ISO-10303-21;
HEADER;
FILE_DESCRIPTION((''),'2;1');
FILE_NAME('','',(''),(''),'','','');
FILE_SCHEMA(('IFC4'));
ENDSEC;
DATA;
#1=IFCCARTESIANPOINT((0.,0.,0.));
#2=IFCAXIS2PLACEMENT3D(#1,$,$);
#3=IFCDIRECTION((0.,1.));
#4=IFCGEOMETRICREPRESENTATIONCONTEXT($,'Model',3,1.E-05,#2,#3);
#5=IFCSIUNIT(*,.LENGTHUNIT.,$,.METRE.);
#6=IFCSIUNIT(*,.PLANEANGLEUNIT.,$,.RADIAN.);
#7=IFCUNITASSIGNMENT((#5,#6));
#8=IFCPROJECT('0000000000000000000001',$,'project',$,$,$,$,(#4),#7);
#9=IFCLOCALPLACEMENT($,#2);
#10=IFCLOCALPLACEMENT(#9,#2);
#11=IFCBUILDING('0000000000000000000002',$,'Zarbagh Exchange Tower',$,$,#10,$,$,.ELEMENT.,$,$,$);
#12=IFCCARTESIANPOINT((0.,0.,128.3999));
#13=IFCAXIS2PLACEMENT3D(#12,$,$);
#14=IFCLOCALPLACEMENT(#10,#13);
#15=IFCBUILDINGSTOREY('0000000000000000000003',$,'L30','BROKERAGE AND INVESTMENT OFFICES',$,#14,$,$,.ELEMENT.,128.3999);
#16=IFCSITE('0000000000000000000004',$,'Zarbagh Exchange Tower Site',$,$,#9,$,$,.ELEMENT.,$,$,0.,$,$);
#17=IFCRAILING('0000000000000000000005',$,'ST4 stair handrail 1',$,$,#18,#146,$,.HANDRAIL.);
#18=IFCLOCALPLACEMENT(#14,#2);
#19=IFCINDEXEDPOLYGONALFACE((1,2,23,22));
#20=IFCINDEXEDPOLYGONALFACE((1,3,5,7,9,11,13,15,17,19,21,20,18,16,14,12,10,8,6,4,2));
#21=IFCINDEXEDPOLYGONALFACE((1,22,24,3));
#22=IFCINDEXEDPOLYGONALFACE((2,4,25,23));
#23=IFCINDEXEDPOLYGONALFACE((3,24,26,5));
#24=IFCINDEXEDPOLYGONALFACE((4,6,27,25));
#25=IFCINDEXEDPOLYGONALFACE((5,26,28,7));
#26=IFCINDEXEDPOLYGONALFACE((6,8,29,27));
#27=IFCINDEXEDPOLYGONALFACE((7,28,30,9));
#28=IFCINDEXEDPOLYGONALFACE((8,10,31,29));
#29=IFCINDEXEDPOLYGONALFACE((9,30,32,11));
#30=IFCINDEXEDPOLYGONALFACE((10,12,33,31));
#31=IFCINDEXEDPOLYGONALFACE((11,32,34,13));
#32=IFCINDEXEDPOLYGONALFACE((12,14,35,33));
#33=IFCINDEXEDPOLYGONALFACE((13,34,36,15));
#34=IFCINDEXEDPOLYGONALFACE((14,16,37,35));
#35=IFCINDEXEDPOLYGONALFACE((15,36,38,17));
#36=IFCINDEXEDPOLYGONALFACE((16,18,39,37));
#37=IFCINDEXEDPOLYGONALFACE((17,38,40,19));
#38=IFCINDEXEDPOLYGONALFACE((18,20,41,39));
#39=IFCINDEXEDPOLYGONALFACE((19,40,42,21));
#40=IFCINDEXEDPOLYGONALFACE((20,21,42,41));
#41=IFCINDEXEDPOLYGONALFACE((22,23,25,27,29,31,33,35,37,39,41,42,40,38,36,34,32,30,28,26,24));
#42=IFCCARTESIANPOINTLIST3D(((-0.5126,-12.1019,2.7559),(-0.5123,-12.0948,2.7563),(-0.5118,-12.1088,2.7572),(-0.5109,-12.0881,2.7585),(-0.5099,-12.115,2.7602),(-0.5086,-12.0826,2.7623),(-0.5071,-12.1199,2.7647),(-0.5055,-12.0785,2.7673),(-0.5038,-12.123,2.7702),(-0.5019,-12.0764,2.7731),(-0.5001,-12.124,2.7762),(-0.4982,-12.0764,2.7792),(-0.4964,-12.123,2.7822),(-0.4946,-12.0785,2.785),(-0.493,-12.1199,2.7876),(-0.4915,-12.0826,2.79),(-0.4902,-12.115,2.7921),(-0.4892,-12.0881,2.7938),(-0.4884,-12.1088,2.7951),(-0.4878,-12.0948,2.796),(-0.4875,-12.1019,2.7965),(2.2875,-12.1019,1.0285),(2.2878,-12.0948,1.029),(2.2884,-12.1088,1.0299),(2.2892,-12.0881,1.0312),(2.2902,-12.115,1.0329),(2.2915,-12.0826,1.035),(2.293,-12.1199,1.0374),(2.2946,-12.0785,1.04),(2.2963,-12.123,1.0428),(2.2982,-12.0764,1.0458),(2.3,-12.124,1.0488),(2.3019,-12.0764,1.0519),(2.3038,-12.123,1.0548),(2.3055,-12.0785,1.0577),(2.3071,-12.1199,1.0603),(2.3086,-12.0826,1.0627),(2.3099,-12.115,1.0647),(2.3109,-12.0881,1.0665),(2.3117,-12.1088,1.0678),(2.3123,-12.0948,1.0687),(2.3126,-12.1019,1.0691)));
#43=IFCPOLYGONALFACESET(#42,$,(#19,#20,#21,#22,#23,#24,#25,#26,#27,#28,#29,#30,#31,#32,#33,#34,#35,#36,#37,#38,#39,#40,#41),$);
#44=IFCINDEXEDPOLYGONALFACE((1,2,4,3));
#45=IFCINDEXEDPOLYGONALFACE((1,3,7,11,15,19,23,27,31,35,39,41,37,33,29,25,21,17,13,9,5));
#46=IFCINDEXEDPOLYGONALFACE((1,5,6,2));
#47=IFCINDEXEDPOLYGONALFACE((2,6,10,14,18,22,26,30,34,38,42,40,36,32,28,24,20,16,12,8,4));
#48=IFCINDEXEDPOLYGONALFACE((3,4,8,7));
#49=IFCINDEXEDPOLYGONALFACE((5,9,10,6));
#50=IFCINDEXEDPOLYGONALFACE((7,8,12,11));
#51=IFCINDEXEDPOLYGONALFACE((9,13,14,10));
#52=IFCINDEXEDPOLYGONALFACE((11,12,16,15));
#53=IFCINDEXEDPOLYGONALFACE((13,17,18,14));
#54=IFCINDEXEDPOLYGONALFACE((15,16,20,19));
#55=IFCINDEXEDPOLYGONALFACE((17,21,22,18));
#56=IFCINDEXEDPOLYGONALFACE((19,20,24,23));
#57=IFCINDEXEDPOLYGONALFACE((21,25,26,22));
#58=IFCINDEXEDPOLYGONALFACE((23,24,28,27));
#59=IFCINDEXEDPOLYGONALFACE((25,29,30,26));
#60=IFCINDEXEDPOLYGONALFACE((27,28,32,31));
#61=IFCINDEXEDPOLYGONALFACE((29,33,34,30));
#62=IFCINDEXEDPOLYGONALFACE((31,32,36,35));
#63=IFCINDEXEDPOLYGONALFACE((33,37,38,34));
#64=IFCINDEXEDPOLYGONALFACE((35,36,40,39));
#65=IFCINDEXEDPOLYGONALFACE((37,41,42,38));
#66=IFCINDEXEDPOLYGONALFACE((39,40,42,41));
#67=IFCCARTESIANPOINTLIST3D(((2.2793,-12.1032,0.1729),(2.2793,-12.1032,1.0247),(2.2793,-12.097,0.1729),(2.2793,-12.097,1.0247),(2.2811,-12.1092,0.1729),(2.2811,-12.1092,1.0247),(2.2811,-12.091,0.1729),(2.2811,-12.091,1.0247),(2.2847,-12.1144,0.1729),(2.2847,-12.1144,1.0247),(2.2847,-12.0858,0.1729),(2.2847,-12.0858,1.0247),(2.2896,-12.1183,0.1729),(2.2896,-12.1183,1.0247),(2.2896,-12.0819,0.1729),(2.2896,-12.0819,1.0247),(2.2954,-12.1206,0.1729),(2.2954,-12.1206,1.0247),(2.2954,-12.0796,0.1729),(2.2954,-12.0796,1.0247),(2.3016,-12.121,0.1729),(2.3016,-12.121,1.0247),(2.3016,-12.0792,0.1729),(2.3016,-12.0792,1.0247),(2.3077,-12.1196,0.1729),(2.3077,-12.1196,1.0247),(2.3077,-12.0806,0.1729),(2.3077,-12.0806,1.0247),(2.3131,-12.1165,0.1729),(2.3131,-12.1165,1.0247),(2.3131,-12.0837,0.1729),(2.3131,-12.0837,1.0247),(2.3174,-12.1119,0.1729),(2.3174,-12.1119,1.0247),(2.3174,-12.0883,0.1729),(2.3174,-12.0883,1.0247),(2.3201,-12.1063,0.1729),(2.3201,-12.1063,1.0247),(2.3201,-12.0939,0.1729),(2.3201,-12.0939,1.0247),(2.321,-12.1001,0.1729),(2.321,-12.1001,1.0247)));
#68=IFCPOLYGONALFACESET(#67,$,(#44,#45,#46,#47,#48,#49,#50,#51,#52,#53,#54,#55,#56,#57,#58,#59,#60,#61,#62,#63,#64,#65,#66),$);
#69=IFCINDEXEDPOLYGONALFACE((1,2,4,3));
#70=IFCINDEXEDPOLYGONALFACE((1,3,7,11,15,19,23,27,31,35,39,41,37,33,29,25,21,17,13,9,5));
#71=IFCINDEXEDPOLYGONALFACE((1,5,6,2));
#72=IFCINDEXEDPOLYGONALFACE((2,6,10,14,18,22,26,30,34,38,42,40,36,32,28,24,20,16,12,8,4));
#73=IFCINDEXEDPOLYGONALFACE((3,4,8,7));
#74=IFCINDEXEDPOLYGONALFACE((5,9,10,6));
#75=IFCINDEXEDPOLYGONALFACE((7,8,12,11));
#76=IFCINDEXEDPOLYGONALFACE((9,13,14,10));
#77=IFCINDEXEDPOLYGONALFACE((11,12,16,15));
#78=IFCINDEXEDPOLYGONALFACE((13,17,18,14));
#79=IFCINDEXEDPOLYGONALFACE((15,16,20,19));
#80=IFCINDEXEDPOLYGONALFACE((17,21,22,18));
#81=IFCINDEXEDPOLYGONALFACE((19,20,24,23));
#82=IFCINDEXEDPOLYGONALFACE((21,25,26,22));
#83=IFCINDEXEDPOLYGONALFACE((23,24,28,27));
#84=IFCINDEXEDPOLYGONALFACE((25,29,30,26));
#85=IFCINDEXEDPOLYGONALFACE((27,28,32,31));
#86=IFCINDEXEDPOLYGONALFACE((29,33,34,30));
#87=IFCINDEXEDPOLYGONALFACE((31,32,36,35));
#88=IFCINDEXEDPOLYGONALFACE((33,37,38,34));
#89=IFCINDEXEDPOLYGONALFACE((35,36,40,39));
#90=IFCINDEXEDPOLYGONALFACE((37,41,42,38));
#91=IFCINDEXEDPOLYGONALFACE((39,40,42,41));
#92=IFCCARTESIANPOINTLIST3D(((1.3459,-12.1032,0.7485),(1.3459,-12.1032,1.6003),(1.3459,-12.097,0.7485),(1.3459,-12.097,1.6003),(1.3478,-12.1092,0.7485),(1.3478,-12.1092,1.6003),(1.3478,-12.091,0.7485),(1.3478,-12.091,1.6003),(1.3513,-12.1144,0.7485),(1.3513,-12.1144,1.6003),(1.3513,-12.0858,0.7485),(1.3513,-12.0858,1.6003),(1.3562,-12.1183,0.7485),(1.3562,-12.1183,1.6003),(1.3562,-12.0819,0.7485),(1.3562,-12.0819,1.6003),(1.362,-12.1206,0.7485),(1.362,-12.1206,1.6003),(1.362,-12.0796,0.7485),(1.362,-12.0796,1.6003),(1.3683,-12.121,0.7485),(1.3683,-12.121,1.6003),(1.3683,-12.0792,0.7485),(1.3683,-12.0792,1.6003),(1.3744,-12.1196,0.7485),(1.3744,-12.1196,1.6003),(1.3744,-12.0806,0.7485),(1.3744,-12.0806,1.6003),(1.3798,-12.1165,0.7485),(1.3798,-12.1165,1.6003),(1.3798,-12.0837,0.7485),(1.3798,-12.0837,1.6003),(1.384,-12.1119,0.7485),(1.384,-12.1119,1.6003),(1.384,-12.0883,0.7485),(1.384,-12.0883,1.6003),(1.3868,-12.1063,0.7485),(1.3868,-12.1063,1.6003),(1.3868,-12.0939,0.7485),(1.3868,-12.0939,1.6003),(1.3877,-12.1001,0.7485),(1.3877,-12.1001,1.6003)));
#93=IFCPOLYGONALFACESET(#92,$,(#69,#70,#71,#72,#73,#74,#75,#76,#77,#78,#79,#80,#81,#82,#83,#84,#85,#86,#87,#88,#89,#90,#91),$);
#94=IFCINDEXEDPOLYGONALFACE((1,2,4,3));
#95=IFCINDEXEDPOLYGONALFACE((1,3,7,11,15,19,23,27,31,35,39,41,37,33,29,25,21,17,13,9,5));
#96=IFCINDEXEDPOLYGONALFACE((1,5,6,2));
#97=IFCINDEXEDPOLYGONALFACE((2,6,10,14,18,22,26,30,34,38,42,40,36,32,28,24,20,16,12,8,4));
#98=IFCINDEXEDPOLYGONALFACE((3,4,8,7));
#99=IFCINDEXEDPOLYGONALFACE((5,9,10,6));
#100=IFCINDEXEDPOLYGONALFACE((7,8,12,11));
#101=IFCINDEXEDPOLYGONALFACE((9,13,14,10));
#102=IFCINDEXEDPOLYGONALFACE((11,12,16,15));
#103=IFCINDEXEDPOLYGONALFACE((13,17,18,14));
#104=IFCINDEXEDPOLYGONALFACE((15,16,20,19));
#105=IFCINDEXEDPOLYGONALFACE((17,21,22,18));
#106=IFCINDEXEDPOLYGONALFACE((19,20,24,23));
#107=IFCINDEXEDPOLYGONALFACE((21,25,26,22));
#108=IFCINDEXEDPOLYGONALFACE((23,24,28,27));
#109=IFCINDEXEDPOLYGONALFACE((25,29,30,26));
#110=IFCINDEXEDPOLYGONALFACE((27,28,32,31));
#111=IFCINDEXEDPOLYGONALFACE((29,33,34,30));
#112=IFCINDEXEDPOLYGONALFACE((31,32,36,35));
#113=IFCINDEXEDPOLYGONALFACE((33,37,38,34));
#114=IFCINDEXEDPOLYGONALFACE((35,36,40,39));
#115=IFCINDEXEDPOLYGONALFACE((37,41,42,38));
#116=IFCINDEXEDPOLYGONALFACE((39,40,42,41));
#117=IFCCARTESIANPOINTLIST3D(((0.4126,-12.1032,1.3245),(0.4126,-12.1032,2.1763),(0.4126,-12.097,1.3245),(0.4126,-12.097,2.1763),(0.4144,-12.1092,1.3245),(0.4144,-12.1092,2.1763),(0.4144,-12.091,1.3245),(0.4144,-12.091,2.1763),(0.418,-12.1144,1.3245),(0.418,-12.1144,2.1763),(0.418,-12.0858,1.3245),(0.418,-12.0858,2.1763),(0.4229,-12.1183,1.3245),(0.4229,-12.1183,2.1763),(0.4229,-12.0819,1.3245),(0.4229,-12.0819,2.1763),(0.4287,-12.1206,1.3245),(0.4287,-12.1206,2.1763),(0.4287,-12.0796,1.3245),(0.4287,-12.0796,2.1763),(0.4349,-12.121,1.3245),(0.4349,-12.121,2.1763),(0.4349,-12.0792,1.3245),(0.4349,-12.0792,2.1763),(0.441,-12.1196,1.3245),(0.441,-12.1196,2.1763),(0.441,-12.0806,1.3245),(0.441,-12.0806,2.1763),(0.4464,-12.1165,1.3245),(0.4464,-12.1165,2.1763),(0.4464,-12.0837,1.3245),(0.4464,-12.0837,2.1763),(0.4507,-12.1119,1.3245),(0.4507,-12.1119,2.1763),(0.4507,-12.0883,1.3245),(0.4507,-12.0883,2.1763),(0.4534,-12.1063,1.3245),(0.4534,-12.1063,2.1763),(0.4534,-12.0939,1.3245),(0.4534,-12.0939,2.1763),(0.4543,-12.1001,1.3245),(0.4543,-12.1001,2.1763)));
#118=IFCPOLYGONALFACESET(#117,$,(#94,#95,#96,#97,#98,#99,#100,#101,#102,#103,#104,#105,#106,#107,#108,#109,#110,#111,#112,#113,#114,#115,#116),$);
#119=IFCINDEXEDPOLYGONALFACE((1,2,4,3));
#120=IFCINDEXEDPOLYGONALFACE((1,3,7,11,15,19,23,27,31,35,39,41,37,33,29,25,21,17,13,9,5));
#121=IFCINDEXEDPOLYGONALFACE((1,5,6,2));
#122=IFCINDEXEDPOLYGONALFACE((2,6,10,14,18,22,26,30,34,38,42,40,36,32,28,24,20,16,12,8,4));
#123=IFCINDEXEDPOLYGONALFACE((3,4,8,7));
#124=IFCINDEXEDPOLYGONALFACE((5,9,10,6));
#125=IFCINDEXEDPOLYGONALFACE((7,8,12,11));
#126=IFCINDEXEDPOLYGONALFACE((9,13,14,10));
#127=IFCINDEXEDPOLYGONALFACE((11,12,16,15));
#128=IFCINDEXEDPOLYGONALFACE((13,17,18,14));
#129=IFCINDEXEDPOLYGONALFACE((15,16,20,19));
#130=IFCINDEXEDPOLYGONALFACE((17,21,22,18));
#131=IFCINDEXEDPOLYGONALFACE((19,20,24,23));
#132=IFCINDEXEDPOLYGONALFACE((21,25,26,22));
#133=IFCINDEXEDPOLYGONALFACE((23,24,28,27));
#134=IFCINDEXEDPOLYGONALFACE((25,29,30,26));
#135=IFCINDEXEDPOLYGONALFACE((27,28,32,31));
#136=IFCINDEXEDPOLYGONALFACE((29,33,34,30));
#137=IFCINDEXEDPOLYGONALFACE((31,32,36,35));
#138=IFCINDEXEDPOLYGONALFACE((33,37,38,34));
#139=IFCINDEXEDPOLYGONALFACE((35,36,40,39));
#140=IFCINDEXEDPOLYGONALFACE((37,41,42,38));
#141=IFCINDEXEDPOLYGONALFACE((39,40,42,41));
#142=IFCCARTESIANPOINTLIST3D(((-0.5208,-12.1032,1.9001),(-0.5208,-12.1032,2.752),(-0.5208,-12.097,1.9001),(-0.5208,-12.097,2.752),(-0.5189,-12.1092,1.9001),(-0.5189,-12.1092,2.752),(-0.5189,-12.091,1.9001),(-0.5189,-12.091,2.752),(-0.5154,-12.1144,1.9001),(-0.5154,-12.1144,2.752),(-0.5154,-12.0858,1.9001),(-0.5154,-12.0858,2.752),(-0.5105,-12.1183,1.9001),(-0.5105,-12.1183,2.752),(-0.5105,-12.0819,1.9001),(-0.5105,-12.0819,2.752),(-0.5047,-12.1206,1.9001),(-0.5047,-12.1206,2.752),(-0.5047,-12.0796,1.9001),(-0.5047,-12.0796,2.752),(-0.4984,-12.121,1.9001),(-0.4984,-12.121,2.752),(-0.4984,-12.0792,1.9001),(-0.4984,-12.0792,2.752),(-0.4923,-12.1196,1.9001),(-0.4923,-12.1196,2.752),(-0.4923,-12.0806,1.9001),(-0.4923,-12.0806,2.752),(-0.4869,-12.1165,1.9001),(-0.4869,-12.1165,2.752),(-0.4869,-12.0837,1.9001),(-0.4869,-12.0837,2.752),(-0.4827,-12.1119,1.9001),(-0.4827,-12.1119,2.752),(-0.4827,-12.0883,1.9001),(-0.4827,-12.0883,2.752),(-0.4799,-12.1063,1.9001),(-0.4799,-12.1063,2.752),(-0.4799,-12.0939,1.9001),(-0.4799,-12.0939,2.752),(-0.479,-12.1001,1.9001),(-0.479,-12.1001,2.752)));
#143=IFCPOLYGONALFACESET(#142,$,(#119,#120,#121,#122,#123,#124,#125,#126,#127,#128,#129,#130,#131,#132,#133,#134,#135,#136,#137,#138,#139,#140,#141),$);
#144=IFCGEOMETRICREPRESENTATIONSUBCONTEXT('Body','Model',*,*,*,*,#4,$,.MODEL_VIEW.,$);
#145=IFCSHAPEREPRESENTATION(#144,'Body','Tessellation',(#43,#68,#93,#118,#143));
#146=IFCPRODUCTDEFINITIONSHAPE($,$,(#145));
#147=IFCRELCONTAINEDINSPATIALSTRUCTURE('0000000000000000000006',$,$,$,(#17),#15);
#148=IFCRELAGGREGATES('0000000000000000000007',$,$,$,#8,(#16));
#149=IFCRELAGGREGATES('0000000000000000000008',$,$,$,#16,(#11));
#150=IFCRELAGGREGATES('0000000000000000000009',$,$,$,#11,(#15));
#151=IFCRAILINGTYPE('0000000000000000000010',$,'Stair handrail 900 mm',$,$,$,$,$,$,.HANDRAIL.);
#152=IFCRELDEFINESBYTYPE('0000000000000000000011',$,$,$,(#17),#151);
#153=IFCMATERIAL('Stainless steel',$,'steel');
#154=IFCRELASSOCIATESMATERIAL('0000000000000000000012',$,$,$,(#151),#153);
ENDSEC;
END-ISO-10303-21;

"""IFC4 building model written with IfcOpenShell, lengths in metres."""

from ifc_helpers import new_model, si_unit, direction, frame, origin, origin_2d, place, context, subcontext, project, spatial, circle, extrude, material, type_object, element, save


model = new_model("IFC4")

# Units and contexts
model_context = context("Model", 3, precision=1e-05, world=origin(), true_north=direction((0.0, 1.0)))
body_context = subcontext(model_context, "Body", "Model", "MODEL_VIEW")
ifc_project = project(units=[si_unit("LENGTHUNIT", "METRE"), si_unit("PLANEANGLEUNIT", "RADIAN")], contexts=[model_context])

# Site, building, storey
site_placement = place(None, origin())
site = spatial("IfcSite", under=ifc_project, at=site_placement, Name="Zarbagh Exchange Tower Site", CompositionType="ELEMENT", RefElevation=0.0)
building_placement = place(site_placement, origin())
building = spatial("IfcBuilding", under=site, at=building_placement, Name="Zarbagh Exchange Tower", CompositionType="ELEMENT")
storey_placement = place(building_placement, frame((0.0, 0.0, 128.3999)))
storey = spatial("IfcBuildingStorey", under=building, at=storey_placement, Name="L30", Description="BROKERAGE AND INVESTMENT OFFICES", CompositionType="ELEMENT", Elevation=128.3999)

# Railing
ifc_material_1 = material(Name="Stainless steel", Category="steel")
railing_type = type_object("IfcRailingType", Name="Stair handrail 900 mm", PredefinedType="HANDRAIL", material=ifc_material_1)
railing_placement = place(storey_placement, frame((2.3, -12.1001, 0.1729)))
element("IfcRailing", 1, at=railing_placement, inside=storey, type_object=railing_type, Name="ST4 stair handrail 1", PredefinedType="HANDRAIL", context=body_context, shape_type="SweptSolid", body=[
    extrude(circle(Radius=0.0239, at=origin_2d()), frame((0.0, 0.0, 0.876), z_axis=(-0.85109, 0.0, 0.52502), x_axis=(0.0, -1.0, 0.0)), (0.0, 0.0, 1.0), 3.29),
    extrude(circle(Radius=0.021, at=origin_2d()), origin(), (0.0, 0.0, 1.0), 0.8518),
    extrude(circle(Radius=0.021, at=origin_2d()), frame((-0.9333, 0.0, 0.5757)), (0.0, 0.0, 1.0), 0.8518),
    extrude(circle(Radius=0.021, at=origin_2d()), frame((-1.8667, 0.0, 1.1516)), (0.0, 0.0, 1.0), 0.8518),
    extrude(circle(Radius=0.021, at=origin_2d()), frame((-2.8, 0.0, 1.7273)), (0.0, 0.0, 1.0), 0.8518),
])

save(model, "model.ifc")
